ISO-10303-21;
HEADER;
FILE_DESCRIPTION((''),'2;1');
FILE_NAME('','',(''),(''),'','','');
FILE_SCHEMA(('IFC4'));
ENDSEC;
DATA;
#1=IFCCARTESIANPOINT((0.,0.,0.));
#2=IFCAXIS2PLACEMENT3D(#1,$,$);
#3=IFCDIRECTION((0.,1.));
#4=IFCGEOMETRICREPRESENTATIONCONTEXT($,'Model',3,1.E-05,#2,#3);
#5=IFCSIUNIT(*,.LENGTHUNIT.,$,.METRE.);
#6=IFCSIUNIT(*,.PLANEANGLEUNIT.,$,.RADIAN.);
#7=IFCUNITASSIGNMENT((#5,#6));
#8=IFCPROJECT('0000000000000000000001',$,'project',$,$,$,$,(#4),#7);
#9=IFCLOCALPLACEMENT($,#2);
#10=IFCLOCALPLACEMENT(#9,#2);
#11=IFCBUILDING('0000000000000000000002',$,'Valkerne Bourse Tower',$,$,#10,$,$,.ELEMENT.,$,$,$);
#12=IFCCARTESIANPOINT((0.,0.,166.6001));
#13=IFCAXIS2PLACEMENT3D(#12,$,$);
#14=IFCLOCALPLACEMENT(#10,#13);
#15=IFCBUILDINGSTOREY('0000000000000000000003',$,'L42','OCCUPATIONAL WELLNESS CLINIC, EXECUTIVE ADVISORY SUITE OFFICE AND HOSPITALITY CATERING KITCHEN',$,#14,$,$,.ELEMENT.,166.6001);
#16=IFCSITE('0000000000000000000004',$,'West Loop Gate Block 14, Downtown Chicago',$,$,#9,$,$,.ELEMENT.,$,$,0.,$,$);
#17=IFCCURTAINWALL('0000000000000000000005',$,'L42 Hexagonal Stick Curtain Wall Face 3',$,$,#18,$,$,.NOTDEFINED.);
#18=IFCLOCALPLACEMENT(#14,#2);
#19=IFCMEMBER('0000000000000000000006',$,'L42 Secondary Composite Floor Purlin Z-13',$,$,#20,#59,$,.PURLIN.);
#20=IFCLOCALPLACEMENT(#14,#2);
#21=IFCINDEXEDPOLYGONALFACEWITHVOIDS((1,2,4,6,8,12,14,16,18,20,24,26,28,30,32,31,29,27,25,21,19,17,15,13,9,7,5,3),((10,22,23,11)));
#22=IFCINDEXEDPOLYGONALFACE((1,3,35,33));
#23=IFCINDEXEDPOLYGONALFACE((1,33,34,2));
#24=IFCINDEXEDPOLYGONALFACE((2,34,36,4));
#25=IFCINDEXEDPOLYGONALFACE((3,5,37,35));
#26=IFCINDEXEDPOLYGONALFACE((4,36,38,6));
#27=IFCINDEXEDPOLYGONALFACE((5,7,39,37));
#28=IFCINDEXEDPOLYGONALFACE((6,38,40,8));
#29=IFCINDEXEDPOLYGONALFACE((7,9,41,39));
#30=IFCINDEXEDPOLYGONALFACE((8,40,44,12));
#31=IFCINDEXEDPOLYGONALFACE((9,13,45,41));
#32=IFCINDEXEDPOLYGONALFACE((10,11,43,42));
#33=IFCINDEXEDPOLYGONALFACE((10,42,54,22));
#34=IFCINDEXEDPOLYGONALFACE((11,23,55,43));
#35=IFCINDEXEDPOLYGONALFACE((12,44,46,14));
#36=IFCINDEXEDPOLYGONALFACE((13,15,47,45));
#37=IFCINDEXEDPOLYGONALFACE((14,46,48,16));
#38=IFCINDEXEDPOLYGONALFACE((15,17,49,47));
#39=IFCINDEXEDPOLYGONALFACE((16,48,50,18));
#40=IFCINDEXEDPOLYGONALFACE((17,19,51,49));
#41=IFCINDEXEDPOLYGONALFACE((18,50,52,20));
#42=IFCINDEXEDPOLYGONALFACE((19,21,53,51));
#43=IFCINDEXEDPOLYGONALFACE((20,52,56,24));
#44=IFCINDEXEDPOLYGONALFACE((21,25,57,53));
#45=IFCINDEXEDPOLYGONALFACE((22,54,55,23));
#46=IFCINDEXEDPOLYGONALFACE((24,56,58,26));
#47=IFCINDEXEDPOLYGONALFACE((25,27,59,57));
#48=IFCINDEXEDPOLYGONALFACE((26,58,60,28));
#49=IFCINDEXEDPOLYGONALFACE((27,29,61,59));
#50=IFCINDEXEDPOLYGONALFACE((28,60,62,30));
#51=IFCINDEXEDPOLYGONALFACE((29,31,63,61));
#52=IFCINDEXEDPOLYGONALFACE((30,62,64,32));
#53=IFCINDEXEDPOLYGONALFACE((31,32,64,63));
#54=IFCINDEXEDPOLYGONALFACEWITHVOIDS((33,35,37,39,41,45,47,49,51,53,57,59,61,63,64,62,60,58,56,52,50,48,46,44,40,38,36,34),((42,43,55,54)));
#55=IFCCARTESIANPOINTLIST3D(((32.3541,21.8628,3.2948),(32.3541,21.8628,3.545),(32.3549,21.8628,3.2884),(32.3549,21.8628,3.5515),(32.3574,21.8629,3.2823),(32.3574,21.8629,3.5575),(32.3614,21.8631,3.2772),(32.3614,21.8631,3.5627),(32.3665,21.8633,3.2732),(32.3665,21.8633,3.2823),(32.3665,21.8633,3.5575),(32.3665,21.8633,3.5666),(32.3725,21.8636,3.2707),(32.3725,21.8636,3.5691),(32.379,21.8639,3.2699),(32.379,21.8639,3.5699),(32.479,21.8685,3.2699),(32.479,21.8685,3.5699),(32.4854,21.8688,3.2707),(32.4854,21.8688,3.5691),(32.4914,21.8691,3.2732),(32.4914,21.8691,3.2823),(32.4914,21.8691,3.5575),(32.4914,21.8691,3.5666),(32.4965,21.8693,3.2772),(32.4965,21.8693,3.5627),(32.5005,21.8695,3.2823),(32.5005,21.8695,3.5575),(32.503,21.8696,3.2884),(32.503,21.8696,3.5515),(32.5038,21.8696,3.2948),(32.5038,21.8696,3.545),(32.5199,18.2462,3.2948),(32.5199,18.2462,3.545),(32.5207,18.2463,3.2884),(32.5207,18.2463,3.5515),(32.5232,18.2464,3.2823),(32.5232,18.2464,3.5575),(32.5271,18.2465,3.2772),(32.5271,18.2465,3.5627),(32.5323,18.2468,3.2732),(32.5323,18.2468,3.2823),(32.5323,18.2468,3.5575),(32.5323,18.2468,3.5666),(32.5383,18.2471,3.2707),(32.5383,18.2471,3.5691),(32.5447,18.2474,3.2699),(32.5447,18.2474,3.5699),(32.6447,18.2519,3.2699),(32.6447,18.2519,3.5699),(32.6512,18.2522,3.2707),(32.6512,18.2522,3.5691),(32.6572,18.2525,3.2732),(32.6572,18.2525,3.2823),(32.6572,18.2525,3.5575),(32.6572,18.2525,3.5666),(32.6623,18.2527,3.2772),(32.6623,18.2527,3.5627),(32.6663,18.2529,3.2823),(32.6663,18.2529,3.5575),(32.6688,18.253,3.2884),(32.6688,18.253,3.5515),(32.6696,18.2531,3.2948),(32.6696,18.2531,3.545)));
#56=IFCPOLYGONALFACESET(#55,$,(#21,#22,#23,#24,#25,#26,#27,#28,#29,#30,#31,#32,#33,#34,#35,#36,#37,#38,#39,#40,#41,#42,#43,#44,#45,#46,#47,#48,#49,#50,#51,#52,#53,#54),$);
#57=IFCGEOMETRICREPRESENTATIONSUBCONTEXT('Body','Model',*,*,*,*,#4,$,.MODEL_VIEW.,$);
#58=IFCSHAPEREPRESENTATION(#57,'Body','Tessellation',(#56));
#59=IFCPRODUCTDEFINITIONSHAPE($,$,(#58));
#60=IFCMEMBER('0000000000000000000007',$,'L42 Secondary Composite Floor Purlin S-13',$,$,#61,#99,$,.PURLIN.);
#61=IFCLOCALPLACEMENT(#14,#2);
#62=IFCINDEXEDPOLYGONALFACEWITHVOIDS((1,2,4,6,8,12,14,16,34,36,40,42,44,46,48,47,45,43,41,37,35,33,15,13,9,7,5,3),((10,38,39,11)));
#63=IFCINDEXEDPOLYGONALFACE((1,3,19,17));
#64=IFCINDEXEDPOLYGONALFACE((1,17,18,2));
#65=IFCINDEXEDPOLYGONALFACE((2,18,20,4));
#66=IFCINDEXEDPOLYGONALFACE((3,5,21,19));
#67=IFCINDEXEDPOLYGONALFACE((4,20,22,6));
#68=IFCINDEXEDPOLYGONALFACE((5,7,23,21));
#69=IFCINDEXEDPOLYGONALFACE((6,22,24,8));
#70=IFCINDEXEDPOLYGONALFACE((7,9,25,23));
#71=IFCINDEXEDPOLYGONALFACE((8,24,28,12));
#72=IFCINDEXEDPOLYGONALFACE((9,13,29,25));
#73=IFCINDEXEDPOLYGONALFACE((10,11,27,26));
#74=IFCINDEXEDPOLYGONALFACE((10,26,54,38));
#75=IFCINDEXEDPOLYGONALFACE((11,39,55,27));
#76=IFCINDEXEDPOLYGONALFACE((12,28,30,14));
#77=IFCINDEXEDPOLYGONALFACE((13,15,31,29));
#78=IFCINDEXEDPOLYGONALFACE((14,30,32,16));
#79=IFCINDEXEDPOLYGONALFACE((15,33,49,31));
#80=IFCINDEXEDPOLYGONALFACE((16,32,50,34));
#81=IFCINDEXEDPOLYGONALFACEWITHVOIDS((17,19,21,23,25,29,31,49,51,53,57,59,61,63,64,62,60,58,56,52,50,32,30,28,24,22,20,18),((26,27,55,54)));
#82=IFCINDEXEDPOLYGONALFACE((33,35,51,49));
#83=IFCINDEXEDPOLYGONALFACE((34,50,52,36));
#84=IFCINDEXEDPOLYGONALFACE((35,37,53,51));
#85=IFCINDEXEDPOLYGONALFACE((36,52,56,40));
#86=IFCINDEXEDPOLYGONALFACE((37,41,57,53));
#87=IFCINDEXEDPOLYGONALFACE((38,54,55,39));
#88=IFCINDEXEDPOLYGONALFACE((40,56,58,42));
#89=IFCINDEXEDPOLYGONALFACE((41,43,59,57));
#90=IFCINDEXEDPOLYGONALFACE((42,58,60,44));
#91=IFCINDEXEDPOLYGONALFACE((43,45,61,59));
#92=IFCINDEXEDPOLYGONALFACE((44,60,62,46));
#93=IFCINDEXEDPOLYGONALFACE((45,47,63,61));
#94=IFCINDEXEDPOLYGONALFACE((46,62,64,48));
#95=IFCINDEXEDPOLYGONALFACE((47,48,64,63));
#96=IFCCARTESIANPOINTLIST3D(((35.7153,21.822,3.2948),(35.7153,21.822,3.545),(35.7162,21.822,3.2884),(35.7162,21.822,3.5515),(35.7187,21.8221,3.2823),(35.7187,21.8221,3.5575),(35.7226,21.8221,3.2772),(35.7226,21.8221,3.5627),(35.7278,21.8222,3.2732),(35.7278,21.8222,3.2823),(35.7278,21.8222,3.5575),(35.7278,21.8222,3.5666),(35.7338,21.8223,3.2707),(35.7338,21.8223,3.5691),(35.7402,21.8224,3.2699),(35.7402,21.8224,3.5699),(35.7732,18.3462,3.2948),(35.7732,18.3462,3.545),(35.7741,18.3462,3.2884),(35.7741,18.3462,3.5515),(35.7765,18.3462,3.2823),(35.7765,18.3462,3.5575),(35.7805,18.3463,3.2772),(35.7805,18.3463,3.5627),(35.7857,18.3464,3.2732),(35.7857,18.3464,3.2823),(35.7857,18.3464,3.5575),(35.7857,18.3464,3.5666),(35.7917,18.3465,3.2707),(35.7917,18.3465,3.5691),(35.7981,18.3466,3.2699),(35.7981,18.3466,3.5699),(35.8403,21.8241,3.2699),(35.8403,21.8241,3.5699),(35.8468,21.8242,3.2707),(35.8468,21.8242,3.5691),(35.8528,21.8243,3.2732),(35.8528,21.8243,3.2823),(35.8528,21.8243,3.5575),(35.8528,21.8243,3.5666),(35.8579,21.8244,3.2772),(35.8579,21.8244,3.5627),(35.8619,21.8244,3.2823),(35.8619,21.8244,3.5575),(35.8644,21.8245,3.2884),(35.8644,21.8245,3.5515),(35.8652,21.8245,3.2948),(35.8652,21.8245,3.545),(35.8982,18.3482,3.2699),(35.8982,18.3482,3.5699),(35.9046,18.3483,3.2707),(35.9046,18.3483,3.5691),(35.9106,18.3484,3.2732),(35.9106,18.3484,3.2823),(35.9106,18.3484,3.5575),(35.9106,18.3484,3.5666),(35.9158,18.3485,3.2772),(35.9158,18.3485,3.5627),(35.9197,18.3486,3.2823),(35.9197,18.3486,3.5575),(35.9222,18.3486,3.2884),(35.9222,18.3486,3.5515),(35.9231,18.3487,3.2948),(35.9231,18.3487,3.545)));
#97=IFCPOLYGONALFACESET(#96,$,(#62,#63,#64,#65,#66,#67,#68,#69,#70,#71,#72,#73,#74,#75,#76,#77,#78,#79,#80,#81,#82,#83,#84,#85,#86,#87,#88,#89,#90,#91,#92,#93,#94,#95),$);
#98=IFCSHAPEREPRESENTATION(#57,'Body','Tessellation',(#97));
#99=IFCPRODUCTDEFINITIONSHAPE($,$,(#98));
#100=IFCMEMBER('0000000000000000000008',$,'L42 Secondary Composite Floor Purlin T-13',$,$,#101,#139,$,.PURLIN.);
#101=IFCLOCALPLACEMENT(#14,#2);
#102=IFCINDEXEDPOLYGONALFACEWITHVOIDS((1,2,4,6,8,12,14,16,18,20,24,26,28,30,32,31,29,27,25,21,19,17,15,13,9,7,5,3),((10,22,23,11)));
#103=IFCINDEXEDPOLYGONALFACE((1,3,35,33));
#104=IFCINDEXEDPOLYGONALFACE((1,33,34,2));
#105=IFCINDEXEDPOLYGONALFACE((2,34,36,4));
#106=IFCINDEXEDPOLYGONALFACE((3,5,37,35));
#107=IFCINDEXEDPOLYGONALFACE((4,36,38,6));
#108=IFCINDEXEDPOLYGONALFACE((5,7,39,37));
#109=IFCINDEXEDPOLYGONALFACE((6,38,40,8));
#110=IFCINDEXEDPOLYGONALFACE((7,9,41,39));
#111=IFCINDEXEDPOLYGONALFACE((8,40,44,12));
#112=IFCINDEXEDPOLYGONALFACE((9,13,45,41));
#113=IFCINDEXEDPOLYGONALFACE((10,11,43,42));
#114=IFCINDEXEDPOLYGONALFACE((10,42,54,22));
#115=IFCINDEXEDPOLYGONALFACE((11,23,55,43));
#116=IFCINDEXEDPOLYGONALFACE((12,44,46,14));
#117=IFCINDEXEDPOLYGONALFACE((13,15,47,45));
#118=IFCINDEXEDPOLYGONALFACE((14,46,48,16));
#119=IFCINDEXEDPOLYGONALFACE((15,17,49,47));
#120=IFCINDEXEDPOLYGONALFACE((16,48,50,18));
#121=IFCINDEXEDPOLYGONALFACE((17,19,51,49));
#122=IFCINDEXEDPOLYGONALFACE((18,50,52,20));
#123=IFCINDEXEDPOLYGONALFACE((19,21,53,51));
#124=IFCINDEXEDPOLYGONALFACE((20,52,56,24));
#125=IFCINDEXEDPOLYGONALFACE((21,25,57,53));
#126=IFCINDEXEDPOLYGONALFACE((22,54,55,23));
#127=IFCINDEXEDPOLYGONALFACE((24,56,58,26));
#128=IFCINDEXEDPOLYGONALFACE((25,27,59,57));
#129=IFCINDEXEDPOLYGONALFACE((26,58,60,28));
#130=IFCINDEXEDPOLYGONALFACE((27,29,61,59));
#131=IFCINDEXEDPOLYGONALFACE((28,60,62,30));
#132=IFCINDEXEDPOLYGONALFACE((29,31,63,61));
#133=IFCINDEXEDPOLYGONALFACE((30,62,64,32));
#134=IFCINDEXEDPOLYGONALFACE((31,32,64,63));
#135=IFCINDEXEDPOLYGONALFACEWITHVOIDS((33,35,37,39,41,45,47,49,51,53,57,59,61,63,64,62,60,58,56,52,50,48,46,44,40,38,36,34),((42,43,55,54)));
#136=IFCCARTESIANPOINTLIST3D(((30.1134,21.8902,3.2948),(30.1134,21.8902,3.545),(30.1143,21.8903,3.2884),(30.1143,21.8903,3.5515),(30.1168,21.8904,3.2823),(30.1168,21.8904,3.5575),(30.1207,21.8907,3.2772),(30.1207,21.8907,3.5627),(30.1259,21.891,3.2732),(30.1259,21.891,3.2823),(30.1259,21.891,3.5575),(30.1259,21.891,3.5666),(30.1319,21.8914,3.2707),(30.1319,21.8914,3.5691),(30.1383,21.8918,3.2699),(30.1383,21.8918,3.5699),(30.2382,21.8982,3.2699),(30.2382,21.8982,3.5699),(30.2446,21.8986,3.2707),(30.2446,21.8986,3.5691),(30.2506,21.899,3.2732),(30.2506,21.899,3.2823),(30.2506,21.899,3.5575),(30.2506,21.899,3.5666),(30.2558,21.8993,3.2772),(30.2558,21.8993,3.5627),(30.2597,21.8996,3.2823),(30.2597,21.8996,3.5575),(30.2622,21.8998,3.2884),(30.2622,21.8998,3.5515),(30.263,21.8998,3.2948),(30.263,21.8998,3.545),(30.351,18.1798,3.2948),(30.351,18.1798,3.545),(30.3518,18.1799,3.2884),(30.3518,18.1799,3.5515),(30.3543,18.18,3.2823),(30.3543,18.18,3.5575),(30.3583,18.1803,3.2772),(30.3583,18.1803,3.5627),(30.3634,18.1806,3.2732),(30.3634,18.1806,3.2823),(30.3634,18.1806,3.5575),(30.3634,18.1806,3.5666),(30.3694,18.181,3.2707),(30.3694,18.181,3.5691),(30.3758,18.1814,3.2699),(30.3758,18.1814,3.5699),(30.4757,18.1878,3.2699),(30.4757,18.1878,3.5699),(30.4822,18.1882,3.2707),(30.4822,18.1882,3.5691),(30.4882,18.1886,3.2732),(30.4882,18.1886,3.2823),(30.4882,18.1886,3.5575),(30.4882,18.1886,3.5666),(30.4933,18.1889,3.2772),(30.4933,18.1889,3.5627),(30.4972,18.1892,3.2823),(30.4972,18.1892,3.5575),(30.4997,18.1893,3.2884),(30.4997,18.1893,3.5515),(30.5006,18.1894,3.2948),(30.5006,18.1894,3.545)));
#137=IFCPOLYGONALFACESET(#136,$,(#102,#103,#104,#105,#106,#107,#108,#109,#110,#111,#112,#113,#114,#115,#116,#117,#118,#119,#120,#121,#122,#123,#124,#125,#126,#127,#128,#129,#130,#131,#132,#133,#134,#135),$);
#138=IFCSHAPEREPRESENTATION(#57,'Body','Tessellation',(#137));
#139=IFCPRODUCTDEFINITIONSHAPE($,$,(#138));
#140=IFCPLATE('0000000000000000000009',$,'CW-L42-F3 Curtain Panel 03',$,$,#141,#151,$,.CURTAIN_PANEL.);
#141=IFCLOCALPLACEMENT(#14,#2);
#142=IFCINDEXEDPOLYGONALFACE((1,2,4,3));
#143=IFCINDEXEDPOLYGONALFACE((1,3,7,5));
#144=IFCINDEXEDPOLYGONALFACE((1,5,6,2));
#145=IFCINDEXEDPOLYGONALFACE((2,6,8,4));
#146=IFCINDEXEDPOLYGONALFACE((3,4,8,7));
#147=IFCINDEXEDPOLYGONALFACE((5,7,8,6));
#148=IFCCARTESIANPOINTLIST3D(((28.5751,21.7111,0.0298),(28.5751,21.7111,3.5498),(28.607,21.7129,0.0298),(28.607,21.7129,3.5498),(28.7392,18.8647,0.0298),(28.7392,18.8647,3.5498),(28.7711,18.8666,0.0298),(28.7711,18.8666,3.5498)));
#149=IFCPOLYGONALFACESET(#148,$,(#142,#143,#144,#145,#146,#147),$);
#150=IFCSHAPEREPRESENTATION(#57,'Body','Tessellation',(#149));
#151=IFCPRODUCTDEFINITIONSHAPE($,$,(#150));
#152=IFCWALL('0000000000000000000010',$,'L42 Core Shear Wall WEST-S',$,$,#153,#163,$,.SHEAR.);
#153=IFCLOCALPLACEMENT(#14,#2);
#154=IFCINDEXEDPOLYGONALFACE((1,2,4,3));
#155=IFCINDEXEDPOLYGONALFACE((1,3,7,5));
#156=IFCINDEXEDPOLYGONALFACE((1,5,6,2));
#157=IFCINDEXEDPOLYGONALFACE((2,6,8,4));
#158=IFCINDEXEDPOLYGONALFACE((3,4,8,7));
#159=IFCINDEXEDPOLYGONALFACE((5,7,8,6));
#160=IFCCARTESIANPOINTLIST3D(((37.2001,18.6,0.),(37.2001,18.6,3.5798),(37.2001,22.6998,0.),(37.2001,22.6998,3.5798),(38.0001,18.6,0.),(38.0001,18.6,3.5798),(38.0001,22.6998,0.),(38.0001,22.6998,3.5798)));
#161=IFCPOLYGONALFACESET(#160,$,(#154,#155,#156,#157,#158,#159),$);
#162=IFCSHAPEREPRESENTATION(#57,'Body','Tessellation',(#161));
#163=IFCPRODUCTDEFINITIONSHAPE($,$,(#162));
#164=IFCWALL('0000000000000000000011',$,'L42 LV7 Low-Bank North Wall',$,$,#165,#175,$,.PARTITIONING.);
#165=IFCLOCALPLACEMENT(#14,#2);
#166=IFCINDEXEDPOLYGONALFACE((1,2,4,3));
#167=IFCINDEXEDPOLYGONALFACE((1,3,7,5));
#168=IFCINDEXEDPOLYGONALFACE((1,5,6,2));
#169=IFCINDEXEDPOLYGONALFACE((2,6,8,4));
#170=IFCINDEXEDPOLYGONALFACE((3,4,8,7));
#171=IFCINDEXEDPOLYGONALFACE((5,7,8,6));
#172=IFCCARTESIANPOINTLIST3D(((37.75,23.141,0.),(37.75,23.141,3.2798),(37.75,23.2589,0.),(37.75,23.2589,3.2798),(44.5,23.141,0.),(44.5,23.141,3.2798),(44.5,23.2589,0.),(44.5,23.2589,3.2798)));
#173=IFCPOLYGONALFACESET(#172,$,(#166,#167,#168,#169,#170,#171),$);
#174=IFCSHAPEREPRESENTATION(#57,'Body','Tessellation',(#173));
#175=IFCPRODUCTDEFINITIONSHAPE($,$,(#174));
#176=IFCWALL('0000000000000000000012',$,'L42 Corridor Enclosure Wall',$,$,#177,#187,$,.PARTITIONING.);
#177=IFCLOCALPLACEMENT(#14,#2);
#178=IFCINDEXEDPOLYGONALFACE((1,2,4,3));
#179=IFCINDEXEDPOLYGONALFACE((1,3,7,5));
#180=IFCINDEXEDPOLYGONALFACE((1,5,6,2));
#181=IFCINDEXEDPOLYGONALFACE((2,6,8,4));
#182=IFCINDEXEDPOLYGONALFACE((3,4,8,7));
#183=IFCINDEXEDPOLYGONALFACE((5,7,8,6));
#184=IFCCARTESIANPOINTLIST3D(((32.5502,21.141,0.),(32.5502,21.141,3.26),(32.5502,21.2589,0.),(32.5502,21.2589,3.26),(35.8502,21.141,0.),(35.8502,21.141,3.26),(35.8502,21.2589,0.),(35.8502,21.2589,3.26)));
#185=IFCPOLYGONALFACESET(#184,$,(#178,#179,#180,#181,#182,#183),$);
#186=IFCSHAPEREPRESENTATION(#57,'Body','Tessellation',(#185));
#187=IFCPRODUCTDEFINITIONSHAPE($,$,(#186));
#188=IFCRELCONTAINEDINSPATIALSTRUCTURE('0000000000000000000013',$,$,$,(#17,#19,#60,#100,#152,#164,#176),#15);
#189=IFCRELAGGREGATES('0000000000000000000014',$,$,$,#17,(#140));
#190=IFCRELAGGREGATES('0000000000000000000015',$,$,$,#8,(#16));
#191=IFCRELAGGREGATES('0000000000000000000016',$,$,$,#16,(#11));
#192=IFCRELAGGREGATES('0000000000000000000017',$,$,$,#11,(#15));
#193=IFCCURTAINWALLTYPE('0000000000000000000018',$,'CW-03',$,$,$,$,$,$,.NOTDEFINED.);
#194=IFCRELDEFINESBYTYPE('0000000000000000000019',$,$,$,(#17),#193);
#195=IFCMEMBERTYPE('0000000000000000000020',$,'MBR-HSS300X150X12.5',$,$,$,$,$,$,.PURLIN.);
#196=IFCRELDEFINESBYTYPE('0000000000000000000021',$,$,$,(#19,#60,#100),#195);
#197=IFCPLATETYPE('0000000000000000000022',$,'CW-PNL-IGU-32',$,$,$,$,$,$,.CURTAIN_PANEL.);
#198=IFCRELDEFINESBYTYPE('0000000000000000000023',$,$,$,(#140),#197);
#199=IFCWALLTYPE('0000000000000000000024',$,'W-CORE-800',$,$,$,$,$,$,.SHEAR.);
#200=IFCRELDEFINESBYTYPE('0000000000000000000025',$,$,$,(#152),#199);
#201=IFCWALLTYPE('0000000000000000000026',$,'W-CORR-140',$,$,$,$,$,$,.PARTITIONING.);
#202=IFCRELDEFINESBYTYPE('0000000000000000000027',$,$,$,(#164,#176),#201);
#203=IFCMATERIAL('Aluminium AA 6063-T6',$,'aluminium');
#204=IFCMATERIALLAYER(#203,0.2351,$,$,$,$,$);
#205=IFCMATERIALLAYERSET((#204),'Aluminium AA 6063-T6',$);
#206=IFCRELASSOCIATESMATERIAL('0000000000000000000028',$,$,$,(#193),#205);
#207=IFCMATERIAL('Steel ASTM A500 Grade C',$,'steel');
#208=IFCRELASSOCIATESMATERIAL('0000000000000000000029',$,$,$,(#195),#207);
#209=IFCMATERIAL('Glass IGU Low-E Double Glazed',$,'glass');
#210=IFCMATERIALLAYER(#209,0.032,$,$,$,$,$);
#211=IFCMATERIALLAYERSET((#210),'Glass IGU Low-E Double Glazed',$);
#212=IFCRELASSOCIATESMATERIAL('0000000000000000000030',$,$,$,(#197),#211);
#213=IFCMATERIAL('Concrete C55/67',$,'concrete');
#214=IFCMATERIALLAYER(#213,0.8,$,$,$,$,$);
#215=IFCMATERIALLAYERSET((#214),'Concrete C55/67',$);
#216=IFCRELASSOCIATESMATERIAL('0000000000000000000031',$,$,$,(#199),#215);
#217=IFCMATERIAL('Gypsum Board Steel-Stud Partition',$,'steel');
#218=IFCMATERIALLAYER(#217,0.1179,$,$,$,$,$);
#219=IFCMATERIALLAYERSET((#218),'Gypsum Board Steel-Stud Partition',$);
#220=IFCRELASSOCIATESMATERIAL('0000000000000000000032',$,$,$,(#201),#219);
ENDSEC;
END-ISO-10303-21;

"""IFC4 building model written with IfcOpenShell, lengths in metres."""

from ifc_helpers import new_model, si_unit, direction, frame, frame_2d, origin, origin_2d, place, context, subcontext, project, spatial, rectangle, hollow_rectangle, extrude, material, layer, layer_set, material_profile, profile_set, type_object, element, aggregate, save


model = new_model("IFC4")

# Units and contexts
model_context = context("Model", 3, precision=1e-05, world=origin(), true_north=direction((0.0, 1.0)))
body_context = subcontext(model_context, "Body", "Model", "MODEL_VIEW")
ifc_project = project(units=[si_unit("LENGTHUNIT", "METRE"), si_unit("PLANEANGLEUNIT", "RADIAN")], contexts=[model_context])

# Site, building, storey
site_placement = place(None, origin())
site = spatial("IfcSite", under=ifc_project, at=site_placement, Name="West Loop Gate Block 14, Downtown Chicago", CompositionType="ELEMENT", RefElevation=0.0)
building_placement = place(site_placement, origin())
building = spatial("IfcBuilding", under=site, at=building_placement, Name="Valkerne Bourse Tower", CompositionType="ELEMENT")
storey_placement = place(building_placement, frame((0.0, 0.0, 166.6001)))
storey = spatial("IfcBuildingStorey", under=building, at=storey_placement, Name="L42", Description="OCCUPATIONAL WELLNESS CLINIC, EXECUTIVE ADVISORY SUITE OFFICE AND HOSPITALITY CATERING KITCHEN", CompositionType="ELEMENT", Elevation=166.6001)

# Curtain wall
ifc_material_1 = material(Name="Aluminium AA 6063-T6", Category="aluminium")
ifc_layer_1 = layer(ifc_material_1, 0.2351)
ifc_layer_set_1 = layer_set([ifc_layer_1], Name="Aluminium AA 6063-T6")
curtain_wall_type = type_object("IfcCurtainWallType", Name="CW-03", PredefinedType="NOTDEFINED", material=ifc_layer_set_1)
curtain_wall_placement = place(storey_placement, origin())
curtain_wall = element("IfcCurtainWall", 1, at=curtain_wall_placement, inside=storey, type_object=curtain_wall_type, Name="L42 Hexagonal Stick Curtain Wall Face 3", PredefinedType="NOTDEFINED")

# Members
ifc_material_2 = material(Name="Steel ASTM A500 Grade C", Category="steel")
ifc_material_profile_1 = material_profile(ifc_material_2, hollow_rectangle(XDim=0.1499, YDim=0.3, WallThickness=0.0125, OuterFilletRadius=0.0249, at=origin_2d()), Name="HSS300X150X12.5")
ifc_profile_set_1 = profile_set([ifc_material_profile_1], Name="Steel ASTM A500 Grade C")
member_type_1 = type_object("IfcMemberType", Name="MBR-HSS300X150X12.5", PredefinedType="PURLIN", material=ifc_profile_set_1)
member_1_placement = place(storey_placement, frame((32.429, 21.8662, 3.4199), z_axis=(0.04579, -0.998951, 0.0), x_axis=(0.998951, 0.04579, 0.0)))
element("IfcMember", 2, at=member_1_placement, inside=storey, type_object=member_type_1, Name="L42 Secondary Composite Floor Purlin Z-13", PredefinedType="PURLIN", context=body_context, shape_type="SweptSolid", body=[
    extrude(hollow_rectangle(XDim=0.1499, YDim=0.3, WallThickness=0.0125, OuterFilletRadius=0.0249, at=origin_2d()), origin(), (0.0, 0.0, 1.0), 3.6204),
])
member_2_placement = place(storey_placement, frame((35.7903, 21.8232, 3.4199), z_axis=(0.016644, -0.999861, 0.0), x_axis=(0.999861, 0.016644, 0.0)))
element("IfcMember", 3, at=member_2_placement, inside=storey, type_object=member_type_1, Name="L42 Secondary Composite Floor Purlin S-13", PredefinedType="PURLIN", context=body_context, shape_type="SweptSolid", body=[
    extrude(hollow_rectangle(XDim=0.1499, YDim=0.3, WallThickness=0.0125, OuterFilletRadius=0.0249, at=origin_2d()), origin(), (0.0, 0.0, 1.0), 3.4763),
])
member_3_placement = place(storey_placement, frame((30.1882, 21.895, 3.4199), z_axis=(0.063891, -0.997957, 0.0), x_axis=(0.997957, 0.063891, 0.0)))
element("IfcMember", 4, at=member_3_placement, inside=storey, type_object=member_type_1, Name="L42 Secondary Composite Floor Purlin T-13", PredefinedType="PURLIN", context=body_context, shape_type="SweptSolid", body=[
    extrude(hollow_rectangle(XDim=0.1499, YDim=0.3, WallThickness=0.0125, OuterFilletRadius=0.0249, at=origin_2d()), origin(), (0.0, 0.0, 1.0), 3.718),
])

# Plate
ifc_material_3 = material(Name="Glass IGU Low-E Double Glazed", Category="glass")
ifc_layer_2 = layer(ifc_material_3, 0.032)
ifc_layer_set_2 = layer_set([ifc_layer_2], Name="Glass IGU Low-E Double Glazed")
plate_type = type_object("IfcPlateType", Name="CW-PNL-IGU-32", PredefinedType="CURTAIN_PANEL", material=ifc_layer_set_2)
plate_placement = place(storey_placement, frame((28.6731, 20.2888, 0.0298), z_axis=(0.0, 0.0, 1.0), x_axis=(0.05757, -0.998341, 0.0)))
plate = element("IfcPlate", 5, at=plate_placement, type_object=plate_type, Name="CW-L42-F3 Curtain Panel 03", PredefinedType="CURTAIN_PANEL", context=body_context, shape_type="SweptSolid", body=[
    extrude(rectangle(XDim=2.8511, YDim=0.032, at=origin_2d()), origin(), (0.0, 0.0, 1.0), 3.52),
])
aggregate(curtain_wall, [plate])

# Walls
ifc_material_4 = material(Name="Concrete C55/67", Category="concrete")
ifc_layer_3 = layer(ifc_material_4, 0.8)
ifc_layer_set_3 = layer_set([ifc_layer_3], Name="Concrete C55/67")
wall_type_1 = type_object("IfcWallType", Name="W-CORE-800", PredefinedType="SHEAR", material=ifc_layer_set_3)
wall_1_placement = place(storey_placement, frame((37.6001, 18.6001, 0.0), z_axis=(0.0, 0.0, 1.0), x_axis=(0.0, 1.0, 0.0)))
element("IfcWall", 6, at=wall_1_placement, inside=storey, type_object=wall_type_1, Name="L42 Core Shear Wall WEST-S", PredefinedType="SHEAR", context=body_context, shape_type="SweptSolid", body=[
    extrude(rectangle(XDim=4.0999, YDim=0.8, at=frame_2d((2.0498, 0.0))), origin(), (0.0, 0.0, 1.0), 3.5798),
])
ifc_material_5 = material(Name="Gypsum Board Steel-Stud Partition", Category="steel")
ifc_layer_4 = layer(ifc_material_5, 0.1179)
ifc_layer_set_4 = layer_set([ifc_layer_4], Name="Gypsum Board Steel-Stud Partition")
wall_type_2 = type_object("IfcWallType", Name="W-CORR-140", PredefinedType="PARTITIONING", material=ifc_layer_set_4)
wall_2_placement = place(storey_placement, frame((37.75, 23.2, 0.0), z_axis=(0.0, 0.0, 1.0), x_axis=(1.0, 0.0, 0.0)))
element("IfcWall", 7, at=wall_2_placement, inside=storey, type_object=wall_type_2, Name="L42 LV7 Low-Bank North Wall", PredefinedType="PARTITIONING", context=body_context, shape_type="SweptSolid", body=[
    extrude(rectangle(XDim=6.75, YDim=0.1179, at=frame_2d((3.375, 0.0))), origin(), (0.0, 0.0, 1.0), 3.2798),
])
wall_3_placement = place(storey_placement, frame((35.8501, 21.2, 0.0), z_axis=(0.0, 0.0, 1.0), x_axis=(-1.0, 0.0, 0.0)))
element("IfcWall", 8, at=wall_3_placement, inside=storey, type_object=wall_type_2, Name="L42 Corridor Enclosure Wall", PredefinedType="PARTITIONING", context=body_context, shape_type="SweptSolid", body=[
    extrude(rectangle(XDim=3.3, YDim=0.1179, at=frame_2d((1.6499, 0.0))), origin(), (0.0, 0.0, 1.0), 3.26),
])

save(model, "model.ifc")
